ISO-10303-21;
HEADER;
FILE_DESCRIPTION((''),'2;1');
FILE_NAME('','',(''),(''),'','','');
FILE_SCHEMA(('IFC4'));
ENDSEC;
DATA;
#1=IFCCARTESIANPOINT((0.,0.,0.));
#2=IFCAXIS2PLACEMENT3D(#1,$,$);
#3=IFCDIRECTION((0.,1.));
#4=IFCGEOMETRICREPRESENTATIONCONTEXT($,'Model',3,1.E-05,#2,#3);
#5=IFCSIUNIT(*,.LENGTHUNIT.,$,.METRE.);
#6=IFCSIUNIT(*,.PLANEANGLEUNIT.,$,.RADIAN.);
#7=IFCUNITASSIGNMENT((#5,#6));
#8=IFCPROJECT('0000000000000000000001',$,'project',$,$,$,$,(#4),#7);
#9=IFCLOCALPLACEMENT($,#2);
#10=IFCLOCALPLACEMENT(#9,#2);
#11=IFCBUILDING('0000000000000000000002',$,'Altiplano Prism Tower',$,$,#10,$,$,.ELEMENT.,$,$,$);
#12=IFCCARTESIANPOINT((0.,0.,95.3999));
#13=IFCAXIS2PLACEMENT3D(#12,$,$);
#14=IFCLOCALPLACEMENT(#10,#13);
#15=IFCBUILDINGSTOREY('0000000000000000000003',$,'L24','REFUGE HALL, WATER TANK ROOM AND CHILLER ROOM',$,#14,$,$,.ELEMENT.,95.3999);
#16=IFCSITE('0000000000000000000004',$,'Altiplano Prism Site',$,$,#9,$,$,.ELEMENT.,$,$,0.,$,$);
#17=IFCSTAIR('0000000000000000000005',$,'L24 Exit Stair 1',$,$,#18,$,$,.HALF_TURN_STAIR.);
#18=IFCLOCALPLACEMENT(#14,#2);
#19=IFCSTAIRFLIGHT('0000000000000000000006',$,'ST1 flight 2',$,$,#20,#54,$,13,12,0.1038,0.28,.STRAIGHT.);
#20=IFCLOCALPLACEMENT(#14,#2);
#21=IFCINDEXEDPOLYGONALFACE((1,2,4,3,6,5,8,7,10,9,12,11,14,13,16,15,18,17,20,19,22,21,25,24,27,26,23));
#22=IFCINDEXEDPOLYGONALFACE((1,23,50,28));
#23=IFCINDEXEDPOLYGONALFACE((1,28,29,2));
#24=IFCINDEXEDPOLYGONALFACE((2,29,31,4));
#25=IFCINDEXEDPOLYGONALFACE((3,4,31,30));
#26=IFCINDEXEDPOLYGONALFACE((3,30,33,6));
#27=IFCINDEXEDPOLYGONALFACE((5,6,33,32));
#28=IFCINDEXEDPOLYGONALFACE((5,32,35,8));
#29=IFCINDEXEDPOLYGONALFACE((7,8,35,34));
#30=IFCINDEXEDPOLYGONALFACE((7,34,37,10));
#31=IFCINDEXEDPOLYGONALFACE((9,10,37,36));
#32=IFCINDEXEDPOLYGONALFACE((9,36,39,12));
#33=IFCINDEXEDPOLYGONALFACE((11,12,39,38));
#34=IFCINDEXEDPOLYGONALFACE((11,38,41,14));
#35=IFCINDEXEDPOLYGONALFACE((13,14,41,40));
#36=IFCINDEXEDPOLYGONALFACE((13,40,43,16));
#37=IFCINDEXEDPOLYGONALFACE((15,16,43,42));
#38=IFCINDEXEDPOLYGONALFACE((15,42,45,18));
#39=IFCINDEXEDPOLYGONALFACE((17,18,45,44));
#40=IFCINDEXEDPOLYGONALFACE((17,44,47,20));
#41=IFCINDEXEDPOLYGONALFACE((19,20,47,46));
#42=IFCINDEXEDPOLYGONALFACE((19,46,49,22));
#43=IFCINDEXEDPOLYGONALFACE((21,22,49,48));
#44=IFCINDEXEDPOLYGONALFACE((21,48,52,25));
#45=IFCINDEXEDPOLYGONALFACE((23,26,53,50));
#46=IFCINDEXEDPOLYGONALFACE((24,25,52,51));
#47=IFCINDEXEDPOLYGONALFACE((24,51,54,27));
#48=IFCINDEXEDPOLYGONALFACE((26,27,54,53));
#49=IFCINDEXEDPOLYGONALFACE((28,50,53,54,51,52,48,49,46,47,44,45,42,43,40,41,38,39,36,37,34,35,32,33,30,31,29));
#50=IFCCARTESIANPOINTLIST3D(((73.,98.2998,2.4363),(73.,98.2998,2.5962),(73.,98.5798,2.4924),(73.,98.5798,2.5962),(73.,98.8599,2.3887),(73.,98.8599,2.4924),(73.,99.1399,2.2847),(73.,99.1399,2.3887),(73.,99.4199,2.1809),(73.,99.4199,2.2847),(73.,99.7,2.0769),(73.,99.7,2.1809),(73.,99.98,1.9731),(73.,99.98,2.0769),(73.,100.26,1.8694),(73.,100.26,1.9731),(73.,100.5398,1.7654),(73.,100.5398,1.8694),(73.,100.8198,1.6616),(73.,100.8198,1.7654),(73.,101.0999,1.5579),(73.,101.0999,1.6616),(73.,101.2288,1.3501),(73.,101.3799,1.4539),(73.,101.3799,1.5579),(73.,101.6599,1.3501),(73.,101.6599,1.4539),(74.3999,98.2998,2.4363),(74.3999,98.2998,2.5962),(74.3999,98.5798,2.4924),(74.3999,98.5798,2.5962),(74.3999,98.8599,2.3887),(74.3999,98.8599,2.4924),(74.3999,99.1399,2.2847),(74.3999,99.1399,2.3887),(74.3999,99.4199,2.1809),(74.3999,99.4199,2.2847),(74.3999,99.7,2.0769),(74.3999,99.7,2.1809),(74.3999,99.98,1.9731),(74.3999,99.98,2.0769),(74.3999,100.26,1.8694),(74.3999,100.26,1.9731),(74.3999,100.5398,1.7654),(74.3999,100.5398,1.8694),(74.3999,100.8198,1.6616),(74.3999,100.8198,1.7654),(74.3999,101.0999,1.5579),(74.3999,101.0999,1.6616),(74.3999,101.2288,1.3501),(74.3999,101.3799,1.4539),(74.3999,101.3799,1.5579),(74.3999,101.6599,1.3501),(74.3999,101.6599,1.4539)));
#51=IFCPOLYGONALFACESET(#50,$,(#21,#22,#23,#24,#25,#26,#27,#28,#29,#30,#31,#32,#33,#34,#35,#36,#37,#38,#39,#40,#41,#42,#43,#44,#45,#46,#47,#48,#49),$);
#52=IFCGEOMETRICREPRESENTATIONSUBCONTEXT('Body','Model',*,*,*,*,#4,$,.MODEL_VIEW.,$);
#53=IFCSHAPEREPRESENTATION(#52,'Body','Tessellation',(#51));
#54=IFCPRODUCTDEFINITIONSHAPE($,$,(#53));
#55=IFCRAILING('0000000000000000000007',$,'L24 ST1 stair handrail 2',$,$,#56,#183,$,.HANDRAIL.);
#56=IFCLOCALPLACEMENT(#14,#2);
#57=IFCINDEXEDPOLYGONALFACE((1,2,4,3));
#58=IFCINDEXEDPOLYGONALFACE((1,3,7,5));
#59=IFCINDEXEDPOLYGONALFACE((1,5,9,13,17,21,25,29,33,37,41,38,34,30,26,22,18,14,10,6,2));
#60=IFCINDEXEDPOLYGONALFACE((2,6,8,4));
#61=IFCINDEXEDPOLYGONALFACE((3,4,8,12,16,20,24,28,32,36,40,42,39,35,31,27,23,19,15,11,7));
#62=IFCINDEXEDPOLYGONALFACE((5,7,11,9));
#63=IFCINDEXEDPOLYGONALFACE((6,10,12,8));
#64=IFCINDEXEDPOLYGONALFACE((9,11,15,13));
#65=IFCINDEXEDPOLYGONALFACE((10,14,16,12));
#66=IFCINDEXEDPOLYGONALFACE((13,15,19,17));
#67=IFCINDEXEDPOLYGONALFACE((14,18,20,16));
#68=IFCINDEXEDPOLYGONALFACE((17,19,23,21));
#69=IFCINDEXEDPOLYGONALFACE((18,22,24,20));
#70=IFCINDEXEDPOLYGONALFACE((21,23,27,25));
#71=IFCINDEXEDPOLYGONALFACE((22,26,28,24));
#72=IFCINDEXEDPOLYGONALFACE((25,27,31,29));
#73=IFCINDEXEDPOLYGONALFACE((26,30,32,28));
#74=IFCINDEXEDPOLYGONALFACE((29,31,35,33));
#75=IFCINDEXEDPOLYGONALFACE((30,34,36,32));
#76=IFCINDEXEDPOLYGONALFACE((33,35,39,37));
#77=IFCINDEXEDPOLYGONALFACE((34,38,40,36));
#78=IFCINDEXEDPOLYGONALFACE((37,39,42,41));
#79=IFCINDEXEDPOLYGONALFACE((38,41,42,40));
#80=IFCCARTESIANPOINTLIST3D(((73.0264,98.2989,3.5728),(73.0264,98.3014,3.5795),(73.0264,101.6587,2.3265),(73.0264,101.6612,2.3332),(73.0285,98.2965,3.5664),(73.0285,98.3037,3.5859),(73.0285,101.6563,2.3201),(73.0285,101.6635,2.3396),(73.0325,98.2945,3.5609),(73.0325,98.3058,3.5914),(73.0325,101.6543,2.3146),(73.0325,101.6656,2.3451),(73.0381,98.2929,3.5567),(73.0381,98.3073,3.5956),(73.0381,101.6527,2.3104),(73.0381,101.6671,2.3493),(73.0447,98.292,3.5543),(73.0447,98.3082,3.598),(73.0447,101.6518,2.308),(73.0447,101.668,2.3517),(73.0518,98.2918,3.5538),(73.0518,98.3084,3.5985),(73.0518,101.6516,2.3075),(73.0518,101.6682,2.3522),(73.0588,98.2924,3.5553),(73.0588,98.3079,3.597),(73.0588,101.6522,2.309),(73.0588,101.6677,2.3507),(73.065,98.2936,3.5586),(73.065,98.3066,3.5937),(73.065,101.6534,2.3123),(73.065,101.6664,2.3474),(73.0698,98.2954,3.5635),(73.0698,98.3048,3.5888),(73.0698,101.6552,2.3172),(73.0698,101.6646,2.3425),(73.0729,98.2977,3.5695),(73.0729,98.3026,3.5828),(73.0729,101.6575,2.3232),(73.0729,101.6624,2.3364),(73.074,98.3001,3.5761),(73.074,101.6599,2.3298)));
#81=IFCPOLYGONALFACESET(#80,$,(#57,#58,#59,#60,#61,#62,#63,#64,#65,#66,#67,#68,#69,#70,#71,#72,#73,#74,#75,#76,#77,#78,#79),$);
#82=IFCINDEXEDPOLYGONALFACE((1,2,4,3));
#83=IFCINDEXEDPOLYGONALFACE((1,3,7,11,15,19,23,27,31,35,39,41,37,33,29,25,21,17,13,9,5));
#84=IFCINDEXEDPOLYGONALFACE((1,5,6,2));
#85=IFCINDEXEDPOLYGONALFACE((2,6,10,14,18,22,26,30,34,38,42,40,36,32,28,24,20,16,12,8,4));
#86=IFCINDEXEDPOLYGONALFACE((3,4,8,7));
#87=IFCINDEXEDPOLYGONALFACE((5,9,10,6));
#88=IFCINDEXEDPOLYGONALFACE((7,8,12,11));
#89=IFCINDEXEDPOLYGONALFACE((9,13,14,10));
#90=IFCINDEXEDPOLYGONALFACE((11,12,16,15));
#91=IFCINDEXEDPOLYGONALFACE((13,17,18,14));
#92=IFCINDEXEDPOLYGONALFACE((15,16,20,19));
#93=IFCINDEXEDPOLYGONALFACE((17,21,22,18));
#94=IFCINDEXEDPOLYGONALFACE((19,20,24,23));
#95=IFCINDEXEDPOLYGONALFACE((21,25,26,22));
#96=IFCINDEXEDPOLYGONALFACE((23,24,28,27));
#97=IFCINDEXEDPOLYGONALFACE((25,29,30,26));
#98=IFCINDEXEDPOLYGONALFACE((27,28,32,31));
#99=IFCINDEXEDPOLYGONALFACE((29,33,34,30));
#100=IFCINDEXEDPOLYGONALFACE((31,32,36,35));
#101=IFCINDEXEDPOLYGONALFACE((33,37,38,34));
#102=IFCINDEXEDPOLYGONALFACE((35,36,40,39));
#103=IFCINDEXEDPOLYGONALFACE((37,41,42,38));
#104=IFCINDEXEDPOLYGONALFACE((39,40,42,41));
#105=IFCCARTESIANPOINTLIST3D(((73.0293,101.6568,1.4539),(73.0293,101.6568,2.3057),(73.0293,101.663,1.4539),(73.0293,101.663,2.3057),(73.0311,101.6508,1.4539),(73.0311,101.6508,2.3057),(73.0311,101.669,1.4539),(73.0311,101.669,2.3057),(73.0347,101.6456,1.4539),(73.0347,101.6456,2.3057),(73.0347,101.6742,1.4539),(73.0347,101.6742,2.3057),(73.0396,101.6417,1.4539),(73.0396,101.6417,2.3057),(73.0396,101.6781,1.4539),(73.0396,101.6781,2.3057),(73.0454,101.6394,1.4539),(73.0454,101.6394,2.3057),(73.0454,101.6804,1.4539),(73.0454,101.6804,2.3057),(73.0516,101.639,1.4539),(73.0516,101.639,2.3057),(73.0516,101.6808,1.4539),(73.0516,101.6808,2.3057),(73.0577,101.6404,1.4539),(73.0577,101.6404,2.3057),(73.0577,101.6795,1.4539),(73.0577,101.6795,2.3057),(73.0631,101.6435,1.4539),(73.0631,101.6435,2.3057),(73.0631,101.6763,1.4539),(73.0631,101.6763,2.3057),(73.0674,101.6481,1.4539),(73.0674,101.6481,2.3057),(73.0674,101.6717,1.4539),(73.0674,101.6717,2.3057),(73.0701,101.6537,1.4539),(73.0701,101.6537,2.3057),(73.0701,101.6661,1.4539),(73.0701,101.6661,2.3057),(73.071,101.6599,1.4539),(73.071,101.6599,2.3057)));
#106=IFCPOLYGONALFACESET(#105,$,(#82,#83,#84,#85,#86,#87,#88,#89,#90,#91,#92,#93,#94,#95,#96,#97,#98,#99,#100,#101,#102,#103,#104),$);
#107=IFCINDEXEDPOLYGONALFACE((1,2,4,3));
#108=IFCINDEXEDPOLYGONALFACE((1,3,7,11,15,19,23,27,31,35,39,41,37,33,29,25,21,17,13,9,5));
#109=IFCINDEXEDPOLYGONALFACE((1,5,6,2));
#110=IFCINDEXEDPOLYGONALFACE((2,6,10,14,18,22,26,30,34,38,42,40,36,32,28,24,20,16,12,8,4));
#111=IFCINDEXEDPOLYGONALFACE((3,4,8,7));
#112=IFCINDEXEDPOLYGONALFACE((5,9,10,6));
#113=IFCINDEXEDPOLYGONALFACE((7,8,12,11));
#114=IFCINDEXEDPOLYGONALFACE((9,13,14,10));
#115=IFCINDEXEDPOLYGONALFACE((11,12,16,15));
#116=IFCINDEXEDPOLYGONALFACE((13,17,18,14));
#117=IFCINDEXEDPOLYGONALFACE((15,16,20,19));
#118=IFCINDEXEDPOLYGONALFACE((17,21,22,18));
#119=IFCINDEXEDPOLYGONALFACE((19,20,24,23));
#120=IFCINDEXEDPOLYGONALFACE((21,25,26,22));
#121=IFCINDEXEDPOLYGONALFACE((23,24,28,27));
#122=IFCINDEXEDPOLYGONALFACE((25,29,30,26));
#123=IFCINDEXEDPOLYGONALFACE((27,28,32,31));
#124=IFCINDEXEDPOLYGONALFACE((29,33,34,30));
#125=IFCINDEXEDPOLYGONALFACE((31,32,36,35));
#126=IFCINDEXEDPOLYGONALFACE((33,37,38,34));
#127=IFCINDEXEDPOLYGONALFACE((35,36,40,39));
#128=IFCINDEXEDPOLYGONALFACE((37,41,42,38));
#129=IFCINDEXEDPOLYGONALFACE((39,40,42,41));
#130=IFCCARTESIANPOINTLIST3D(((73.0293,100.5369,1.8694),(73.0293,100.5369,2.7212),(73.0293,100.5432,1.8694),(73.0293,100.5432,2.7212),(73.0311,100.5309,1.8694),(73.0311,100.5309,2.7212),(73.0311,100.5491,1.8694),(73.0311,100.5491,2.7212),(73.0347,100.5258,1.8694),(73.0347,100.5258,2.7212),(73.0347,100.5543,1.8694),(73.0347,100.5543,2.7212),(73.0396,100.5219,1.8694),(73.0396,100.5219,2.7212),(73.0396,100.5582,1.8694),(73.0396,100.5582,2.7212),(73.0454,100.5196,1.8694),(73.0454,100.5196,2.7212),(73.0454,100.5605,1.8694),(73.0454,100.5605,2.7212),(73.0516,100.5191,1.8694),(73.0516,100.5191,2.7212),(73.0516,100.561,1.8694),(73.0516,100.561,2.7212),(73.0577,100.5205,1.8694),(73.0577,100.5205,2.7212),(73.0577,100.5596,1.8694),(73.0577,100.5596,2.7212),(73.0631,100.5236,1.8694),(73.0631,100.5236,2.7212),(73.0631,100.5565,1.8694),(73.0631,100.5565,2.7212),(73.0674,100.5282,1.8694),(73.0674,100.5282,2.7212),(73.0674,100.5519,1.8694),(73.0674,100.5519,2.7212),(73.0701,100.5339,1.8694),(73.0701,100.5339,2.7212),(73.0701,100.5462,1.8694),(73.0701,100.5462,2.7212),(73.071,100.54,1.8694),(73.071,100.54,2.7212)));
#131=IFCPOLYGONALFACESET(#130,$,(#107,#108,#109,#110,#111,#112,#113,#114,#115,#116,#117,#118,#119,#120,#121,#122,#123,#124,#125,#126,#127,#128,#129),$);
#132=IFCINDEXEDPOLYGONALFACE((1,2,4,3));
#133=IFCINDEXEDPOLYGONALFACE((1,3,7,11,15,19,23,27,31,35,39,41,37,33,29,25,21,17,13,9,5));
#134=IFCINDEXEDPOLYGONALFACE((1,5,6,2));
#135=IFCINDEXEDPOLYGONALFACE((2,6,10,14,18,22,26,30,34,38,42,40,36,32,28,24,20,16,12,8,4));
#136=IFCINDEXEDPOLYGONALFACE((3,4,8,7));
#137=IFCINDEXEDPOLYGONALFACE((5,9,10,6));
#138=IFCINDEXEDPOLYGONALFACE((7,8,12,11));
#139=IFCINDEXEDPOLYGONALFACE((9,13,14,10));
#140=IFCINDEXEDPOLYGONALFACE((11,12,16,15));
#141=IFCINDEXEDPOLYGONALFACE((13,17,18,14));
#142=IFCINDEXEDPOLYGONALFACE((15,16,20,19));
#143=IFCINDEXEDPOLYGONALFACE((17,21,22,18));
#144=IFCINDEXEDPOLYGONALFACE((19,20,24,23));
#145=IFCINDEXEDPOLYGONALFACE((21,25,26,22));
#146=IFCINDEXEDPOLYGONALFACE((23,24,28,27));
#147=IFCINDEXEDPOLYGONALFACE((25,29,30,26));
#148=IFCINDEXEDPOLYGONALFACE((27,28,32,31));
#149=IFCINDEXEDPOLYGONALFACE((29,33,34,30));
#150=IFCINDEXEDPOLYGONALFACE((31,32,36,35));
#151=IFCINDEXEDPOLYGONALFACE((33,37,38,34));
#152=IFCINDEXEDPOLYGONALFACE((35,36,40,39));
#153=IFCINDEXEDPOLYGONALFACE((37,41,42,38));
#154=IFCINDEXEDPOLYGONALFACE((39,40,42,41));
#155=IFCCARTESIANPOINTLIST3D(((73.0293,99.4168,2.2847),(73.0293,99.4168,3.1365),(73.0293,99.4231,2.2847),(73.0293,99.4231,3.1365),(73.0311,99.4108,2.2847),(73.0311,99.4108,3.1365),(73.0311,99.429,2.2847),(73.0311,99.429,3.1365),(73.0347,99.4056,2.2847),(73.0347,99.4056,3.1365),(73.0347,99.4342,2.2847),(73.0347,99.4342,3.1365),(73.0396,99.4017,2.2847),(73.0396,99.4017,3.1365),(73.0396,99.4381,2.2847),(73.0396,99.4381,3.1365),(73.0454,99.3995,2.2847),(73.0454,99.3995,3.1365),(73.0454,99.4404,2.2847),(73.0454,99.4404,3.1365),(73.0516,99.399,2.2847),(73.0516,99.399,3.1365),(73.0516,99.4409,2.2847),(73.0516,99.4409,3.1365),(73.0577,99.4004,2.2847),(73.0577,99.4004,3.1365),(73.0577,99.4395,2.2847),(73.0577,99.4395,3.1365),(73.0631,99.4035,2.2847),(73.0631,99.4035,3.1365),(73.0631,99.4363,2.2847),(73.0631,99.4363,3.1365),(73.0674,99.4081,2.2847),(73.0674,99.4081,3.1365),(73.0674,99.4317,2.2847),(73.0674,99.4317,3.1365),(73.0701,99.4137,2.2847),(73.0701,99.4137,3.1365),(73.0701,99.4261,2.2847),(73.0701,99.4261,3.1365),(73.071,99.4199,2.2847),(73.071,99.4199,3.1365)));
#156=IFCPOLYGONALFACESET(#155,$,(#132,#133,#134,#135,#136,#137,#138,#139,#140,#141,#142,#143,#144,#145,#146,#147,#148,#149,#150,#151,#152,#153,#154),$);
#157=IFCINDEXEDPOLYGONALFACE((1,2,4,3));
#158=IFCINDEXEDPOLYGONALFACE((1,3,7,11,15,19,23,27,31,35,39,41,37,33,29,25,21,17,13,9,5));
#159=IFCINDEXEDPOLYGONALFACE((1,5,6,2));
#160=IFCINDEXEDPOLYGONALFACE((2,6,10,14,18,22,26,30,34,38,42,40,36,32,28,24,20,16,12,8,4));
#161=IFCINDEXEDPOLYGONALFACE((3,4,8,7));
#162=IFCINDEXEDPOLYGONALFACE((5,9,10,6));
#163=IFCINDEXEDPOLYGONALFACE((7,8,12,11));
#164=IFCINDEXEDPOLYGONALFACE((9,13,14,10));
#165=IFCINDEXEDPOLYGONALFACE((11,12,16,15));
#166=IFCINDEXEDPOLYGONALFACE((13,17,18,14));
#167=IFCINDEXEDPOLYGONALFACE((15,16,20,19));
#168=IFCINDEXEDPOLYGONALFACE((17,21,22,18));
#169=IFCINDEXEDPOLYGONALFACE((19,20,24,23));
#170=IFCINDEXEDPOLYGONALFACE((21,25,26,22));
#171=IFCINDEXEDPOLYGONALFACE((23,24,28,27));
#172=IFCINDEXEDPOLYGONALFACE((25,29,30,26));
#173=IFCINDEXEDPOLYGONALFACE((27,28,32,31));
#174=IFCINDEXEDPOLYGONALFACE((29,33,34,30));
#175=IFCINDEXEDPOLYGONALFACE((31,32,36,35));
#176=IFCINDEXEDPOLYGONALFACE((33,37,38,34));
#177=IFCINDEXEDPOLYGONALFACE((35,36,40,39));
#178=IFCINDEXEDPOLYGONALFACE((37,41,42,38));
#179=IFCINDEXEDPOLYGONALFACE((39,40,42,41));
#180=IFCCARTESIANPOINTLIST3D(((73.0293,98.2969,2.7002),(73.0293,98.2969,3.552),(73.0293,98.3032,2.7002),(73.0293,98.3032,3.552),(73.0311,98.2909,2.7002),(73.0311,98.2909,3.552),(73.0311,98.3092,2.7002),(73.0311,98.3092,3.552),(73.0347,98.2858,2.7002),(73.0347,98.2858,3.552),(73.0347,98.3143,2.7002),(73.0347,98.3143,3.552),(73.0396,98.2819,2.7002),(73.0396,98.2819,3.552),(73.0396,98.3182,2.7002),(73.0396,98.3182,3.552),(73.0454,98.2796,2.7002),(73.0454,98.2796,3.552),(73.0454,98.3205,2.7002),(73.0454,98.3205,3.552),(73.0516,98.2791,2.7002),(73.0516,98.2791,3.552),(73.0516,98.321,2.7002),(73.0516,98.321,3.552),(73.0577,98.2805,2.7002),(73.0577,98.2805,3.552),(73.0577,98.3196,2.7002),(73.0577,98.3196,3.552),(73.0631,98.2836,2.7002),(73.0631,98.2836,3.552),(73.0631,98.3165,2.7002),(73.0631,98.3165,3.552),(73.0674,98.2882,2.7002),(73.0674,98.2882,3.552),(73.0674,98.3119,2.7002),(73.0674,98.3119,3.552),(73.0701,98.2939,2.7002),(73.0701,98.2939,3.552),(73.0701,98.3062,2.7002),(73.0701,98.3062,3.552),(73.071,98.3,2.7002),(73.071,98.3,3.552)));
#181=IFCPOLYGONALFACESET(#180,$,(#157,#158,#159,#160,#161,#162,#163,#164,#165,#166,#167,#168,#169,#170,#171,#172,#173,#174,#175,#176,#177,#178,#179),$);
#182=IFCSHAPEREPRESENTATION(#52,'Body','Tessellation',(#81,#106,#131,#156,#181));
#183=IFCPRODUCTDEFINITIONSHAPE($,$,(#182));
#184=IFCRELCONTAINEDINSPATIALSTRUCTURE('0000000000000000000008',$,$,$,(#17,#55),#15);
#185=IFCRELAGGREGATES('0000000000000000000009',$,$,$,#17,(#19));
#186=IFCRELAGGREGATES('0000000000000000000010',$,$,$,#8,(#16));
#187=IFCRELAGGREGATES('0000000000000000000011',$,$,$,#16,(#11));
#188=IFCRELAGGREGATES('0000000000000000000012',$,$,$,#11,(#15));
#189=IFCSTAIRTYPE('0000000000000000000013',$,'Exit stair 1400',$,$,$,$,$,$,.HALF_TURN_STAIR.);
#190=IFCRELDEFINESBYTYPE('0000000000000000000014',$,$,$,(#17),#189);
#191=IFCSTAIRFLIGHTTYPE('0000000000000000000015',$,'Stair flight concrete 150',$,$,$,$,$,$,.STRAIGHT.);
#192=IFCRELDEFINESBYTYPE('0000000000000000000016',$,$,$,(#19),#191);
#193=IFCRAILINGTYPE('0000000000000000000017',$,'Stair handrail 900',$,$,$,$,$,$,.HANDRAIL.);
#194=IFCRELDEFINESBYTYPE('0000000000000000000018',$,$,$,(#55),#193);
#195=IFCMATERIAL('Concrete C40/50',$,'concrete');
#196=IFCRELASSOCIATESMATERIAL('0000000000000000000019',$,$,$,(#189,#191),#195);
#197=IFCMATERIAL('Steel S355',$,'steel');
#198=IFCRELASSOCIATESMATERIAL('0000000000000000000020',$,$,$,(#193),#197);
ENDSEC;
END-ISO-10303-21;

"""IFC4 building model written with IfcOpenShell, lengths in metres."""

from ifc_helpers import new_model, si_unit, direction, frame, origin, origin_2d, place, context, subcontext, project, spatial, polyline, circle, outline, extrude, material, type_object, element, aggregate, save


model = new_model("IFC4")

# Units and contexts
model_context = context("Model", 3, precision=1e-05, world=origin(), true_north=direction((0.0, 1.0)))
body_context = subcontext(model_context, "Body", "Model", "MODEL_VIEW")
ifc_project = project(units=[si_unit("LENGTHUNIT", "METRE"), si_unit("PLANEANGLEUNIT", "RADIAN")], contexts=[model_context])

# Site, building, storey
site_placement = place(None, origin())
site = spatial("IfcSite", under=ifc_project, at=site_placement, Name="Altiplano Prism Site", CompositionType="ELEMENT", RefElevation=0.0)
building_placement = place(site_placement, origin())
building = spatial("IfcBuilding", under=site, at=building_placement, Name="Altiplano Prism Tower", CompositionType="ELEMENT")
storey_placement = place(building_placement, frame((0.0, 0.0, 95.3999)))
storey = spatial("IfcBuildingStorey", under=building, at=storey_placement, Name="L24", Description="REFUGE HALL, WATER TANK ROOM AND CHILLER ROOM", CompositionType="ELEMENT", Elevation=95.3999)

# Shared definitions
ifc_material_1 = material(Name="Steel S355", Category="steel")

# Stair, stair flight
ifc_material_2 = material(Name="Concrete C40/50", Category="concrete")
stair_type = type_object("IfcStairType", Name="Exit stair 1400", PredefinedType="HALF_TURN_STAIR", material=ifc_material_2)
stair_placement = place(storey_placement, origin())
stair = element("IfcStair", 1, at=stair_placement, inside=storey, type_object=stair_type, Name="L24 Exit Stair 1", PredefinedType="HALF_TURN_STAIR")
stair_flight_type = type_object("IfcStairFlightType", Name="Stair flight concrete 150", PredefinedType="STRAIGHT", material=ifc_material_2)
stair_flight_placement = place(storey_placement, frame((73.7, 101.6599, 1.3501), z_axis=(0.0, 0.0, 1.0), x_axis=(0.0, -1.0, 0.0)))
stair_flight = element("IfcStairFlight", 2, at=stair_flight_placement, type_object=stair_flight_type, Name="ST1 flight 2", NumberOfRisers=13, NumberOfTreads=12, PredefinedType="STRAIGHT", RiserHeight=0.1038, TreadLength=0.28, context=body_context, shape_type="SweptSolid", body=[
    extrude(outline(polyline([(0.0, 0.0), (0.0, 0.1038), (0.28, 0.1038), (0.28, 0.2078), (0.5601, 0.2078), (0.5601, 0.3115), (0.8401, 0.3115), (0.8401, 0.4153), (1.1201, 0.4153), (1.1201, 0.5193), (1.3999, 0.5193), (1.3999, 0.623), (1.6799, 0.623), (1.6799, 0.7268), (1.96, 0.7268), (1.96, 0.8308), (2.24, 0.8308), (2.24, 0.9346), (2.52, 0.9346), (2.52, 1.0386), (2.8, 1.0386), (2.8, 1.1423), (3.0801, 1.1423), (3.0801, 1.2461), (3.3601, 1.2461), (3.3601, 1.3501), (3.3601, 1.0862), (0.4312, 0.0), (0.0, 0.0)])), frame((0.0, 0.7, 0.0), z_axis=(0.0, -1.0, 0.0), x_axis=(1.0, 0.0, 0.0)), (0.0, 0.0, 1.0), 1.3999),
])
aggregate(stair, [stair_flight])

# Railing
railing_type = type_object("IfcRailingType", Name="Stair handrail 900", PredefinedType="HANDRAIL", material=ifc_material_1)
railing_1_placement = place(storey_placement, frame((73.05, 101.6599, 1.4539)))
element("IfcRailing", 3, at=railing_1_placement, inside=storey, type_object=railing_type, Name="L24 ST1 stair handrail 2", PredefinedType="HANDRAIL", context=body_context, shape_type="SweptSolid", body=[
    extrude(circle(Radius=0.0239, at=origin_2d()), frame((0.0, 0.0, 0.876), z_axis=(0.0, -0.937572, 0.347791), x_axis=(1.0, 0.0, 0.0)), (0.0, 0.0, 1.0), 3.5835),
    extrude(circle(Radius=0.021, at=origin_2d()), origin(), (0.0, 0.0, 1.0), 0.8518),
    extrude(circle(Radius=0.021, at=origin_2d()), frame((0.0, -1.1199, 0.4155)), (0.0, 0.0, 1.0), 0.8518),
    extrude(circle(Radius=0.021, at=origin_2d()), frame((0.0, -2.24, 0.8308)), (0.0, 0.0, 1.0), 0.8518),
    extrude(circle(Radius=0.021, at=origin_2d()), frame((0.0, -3.3599, 1.2463)), (0.0, 0.0, 1.0), 0.8518),
])

save(model, "model.ifc")
